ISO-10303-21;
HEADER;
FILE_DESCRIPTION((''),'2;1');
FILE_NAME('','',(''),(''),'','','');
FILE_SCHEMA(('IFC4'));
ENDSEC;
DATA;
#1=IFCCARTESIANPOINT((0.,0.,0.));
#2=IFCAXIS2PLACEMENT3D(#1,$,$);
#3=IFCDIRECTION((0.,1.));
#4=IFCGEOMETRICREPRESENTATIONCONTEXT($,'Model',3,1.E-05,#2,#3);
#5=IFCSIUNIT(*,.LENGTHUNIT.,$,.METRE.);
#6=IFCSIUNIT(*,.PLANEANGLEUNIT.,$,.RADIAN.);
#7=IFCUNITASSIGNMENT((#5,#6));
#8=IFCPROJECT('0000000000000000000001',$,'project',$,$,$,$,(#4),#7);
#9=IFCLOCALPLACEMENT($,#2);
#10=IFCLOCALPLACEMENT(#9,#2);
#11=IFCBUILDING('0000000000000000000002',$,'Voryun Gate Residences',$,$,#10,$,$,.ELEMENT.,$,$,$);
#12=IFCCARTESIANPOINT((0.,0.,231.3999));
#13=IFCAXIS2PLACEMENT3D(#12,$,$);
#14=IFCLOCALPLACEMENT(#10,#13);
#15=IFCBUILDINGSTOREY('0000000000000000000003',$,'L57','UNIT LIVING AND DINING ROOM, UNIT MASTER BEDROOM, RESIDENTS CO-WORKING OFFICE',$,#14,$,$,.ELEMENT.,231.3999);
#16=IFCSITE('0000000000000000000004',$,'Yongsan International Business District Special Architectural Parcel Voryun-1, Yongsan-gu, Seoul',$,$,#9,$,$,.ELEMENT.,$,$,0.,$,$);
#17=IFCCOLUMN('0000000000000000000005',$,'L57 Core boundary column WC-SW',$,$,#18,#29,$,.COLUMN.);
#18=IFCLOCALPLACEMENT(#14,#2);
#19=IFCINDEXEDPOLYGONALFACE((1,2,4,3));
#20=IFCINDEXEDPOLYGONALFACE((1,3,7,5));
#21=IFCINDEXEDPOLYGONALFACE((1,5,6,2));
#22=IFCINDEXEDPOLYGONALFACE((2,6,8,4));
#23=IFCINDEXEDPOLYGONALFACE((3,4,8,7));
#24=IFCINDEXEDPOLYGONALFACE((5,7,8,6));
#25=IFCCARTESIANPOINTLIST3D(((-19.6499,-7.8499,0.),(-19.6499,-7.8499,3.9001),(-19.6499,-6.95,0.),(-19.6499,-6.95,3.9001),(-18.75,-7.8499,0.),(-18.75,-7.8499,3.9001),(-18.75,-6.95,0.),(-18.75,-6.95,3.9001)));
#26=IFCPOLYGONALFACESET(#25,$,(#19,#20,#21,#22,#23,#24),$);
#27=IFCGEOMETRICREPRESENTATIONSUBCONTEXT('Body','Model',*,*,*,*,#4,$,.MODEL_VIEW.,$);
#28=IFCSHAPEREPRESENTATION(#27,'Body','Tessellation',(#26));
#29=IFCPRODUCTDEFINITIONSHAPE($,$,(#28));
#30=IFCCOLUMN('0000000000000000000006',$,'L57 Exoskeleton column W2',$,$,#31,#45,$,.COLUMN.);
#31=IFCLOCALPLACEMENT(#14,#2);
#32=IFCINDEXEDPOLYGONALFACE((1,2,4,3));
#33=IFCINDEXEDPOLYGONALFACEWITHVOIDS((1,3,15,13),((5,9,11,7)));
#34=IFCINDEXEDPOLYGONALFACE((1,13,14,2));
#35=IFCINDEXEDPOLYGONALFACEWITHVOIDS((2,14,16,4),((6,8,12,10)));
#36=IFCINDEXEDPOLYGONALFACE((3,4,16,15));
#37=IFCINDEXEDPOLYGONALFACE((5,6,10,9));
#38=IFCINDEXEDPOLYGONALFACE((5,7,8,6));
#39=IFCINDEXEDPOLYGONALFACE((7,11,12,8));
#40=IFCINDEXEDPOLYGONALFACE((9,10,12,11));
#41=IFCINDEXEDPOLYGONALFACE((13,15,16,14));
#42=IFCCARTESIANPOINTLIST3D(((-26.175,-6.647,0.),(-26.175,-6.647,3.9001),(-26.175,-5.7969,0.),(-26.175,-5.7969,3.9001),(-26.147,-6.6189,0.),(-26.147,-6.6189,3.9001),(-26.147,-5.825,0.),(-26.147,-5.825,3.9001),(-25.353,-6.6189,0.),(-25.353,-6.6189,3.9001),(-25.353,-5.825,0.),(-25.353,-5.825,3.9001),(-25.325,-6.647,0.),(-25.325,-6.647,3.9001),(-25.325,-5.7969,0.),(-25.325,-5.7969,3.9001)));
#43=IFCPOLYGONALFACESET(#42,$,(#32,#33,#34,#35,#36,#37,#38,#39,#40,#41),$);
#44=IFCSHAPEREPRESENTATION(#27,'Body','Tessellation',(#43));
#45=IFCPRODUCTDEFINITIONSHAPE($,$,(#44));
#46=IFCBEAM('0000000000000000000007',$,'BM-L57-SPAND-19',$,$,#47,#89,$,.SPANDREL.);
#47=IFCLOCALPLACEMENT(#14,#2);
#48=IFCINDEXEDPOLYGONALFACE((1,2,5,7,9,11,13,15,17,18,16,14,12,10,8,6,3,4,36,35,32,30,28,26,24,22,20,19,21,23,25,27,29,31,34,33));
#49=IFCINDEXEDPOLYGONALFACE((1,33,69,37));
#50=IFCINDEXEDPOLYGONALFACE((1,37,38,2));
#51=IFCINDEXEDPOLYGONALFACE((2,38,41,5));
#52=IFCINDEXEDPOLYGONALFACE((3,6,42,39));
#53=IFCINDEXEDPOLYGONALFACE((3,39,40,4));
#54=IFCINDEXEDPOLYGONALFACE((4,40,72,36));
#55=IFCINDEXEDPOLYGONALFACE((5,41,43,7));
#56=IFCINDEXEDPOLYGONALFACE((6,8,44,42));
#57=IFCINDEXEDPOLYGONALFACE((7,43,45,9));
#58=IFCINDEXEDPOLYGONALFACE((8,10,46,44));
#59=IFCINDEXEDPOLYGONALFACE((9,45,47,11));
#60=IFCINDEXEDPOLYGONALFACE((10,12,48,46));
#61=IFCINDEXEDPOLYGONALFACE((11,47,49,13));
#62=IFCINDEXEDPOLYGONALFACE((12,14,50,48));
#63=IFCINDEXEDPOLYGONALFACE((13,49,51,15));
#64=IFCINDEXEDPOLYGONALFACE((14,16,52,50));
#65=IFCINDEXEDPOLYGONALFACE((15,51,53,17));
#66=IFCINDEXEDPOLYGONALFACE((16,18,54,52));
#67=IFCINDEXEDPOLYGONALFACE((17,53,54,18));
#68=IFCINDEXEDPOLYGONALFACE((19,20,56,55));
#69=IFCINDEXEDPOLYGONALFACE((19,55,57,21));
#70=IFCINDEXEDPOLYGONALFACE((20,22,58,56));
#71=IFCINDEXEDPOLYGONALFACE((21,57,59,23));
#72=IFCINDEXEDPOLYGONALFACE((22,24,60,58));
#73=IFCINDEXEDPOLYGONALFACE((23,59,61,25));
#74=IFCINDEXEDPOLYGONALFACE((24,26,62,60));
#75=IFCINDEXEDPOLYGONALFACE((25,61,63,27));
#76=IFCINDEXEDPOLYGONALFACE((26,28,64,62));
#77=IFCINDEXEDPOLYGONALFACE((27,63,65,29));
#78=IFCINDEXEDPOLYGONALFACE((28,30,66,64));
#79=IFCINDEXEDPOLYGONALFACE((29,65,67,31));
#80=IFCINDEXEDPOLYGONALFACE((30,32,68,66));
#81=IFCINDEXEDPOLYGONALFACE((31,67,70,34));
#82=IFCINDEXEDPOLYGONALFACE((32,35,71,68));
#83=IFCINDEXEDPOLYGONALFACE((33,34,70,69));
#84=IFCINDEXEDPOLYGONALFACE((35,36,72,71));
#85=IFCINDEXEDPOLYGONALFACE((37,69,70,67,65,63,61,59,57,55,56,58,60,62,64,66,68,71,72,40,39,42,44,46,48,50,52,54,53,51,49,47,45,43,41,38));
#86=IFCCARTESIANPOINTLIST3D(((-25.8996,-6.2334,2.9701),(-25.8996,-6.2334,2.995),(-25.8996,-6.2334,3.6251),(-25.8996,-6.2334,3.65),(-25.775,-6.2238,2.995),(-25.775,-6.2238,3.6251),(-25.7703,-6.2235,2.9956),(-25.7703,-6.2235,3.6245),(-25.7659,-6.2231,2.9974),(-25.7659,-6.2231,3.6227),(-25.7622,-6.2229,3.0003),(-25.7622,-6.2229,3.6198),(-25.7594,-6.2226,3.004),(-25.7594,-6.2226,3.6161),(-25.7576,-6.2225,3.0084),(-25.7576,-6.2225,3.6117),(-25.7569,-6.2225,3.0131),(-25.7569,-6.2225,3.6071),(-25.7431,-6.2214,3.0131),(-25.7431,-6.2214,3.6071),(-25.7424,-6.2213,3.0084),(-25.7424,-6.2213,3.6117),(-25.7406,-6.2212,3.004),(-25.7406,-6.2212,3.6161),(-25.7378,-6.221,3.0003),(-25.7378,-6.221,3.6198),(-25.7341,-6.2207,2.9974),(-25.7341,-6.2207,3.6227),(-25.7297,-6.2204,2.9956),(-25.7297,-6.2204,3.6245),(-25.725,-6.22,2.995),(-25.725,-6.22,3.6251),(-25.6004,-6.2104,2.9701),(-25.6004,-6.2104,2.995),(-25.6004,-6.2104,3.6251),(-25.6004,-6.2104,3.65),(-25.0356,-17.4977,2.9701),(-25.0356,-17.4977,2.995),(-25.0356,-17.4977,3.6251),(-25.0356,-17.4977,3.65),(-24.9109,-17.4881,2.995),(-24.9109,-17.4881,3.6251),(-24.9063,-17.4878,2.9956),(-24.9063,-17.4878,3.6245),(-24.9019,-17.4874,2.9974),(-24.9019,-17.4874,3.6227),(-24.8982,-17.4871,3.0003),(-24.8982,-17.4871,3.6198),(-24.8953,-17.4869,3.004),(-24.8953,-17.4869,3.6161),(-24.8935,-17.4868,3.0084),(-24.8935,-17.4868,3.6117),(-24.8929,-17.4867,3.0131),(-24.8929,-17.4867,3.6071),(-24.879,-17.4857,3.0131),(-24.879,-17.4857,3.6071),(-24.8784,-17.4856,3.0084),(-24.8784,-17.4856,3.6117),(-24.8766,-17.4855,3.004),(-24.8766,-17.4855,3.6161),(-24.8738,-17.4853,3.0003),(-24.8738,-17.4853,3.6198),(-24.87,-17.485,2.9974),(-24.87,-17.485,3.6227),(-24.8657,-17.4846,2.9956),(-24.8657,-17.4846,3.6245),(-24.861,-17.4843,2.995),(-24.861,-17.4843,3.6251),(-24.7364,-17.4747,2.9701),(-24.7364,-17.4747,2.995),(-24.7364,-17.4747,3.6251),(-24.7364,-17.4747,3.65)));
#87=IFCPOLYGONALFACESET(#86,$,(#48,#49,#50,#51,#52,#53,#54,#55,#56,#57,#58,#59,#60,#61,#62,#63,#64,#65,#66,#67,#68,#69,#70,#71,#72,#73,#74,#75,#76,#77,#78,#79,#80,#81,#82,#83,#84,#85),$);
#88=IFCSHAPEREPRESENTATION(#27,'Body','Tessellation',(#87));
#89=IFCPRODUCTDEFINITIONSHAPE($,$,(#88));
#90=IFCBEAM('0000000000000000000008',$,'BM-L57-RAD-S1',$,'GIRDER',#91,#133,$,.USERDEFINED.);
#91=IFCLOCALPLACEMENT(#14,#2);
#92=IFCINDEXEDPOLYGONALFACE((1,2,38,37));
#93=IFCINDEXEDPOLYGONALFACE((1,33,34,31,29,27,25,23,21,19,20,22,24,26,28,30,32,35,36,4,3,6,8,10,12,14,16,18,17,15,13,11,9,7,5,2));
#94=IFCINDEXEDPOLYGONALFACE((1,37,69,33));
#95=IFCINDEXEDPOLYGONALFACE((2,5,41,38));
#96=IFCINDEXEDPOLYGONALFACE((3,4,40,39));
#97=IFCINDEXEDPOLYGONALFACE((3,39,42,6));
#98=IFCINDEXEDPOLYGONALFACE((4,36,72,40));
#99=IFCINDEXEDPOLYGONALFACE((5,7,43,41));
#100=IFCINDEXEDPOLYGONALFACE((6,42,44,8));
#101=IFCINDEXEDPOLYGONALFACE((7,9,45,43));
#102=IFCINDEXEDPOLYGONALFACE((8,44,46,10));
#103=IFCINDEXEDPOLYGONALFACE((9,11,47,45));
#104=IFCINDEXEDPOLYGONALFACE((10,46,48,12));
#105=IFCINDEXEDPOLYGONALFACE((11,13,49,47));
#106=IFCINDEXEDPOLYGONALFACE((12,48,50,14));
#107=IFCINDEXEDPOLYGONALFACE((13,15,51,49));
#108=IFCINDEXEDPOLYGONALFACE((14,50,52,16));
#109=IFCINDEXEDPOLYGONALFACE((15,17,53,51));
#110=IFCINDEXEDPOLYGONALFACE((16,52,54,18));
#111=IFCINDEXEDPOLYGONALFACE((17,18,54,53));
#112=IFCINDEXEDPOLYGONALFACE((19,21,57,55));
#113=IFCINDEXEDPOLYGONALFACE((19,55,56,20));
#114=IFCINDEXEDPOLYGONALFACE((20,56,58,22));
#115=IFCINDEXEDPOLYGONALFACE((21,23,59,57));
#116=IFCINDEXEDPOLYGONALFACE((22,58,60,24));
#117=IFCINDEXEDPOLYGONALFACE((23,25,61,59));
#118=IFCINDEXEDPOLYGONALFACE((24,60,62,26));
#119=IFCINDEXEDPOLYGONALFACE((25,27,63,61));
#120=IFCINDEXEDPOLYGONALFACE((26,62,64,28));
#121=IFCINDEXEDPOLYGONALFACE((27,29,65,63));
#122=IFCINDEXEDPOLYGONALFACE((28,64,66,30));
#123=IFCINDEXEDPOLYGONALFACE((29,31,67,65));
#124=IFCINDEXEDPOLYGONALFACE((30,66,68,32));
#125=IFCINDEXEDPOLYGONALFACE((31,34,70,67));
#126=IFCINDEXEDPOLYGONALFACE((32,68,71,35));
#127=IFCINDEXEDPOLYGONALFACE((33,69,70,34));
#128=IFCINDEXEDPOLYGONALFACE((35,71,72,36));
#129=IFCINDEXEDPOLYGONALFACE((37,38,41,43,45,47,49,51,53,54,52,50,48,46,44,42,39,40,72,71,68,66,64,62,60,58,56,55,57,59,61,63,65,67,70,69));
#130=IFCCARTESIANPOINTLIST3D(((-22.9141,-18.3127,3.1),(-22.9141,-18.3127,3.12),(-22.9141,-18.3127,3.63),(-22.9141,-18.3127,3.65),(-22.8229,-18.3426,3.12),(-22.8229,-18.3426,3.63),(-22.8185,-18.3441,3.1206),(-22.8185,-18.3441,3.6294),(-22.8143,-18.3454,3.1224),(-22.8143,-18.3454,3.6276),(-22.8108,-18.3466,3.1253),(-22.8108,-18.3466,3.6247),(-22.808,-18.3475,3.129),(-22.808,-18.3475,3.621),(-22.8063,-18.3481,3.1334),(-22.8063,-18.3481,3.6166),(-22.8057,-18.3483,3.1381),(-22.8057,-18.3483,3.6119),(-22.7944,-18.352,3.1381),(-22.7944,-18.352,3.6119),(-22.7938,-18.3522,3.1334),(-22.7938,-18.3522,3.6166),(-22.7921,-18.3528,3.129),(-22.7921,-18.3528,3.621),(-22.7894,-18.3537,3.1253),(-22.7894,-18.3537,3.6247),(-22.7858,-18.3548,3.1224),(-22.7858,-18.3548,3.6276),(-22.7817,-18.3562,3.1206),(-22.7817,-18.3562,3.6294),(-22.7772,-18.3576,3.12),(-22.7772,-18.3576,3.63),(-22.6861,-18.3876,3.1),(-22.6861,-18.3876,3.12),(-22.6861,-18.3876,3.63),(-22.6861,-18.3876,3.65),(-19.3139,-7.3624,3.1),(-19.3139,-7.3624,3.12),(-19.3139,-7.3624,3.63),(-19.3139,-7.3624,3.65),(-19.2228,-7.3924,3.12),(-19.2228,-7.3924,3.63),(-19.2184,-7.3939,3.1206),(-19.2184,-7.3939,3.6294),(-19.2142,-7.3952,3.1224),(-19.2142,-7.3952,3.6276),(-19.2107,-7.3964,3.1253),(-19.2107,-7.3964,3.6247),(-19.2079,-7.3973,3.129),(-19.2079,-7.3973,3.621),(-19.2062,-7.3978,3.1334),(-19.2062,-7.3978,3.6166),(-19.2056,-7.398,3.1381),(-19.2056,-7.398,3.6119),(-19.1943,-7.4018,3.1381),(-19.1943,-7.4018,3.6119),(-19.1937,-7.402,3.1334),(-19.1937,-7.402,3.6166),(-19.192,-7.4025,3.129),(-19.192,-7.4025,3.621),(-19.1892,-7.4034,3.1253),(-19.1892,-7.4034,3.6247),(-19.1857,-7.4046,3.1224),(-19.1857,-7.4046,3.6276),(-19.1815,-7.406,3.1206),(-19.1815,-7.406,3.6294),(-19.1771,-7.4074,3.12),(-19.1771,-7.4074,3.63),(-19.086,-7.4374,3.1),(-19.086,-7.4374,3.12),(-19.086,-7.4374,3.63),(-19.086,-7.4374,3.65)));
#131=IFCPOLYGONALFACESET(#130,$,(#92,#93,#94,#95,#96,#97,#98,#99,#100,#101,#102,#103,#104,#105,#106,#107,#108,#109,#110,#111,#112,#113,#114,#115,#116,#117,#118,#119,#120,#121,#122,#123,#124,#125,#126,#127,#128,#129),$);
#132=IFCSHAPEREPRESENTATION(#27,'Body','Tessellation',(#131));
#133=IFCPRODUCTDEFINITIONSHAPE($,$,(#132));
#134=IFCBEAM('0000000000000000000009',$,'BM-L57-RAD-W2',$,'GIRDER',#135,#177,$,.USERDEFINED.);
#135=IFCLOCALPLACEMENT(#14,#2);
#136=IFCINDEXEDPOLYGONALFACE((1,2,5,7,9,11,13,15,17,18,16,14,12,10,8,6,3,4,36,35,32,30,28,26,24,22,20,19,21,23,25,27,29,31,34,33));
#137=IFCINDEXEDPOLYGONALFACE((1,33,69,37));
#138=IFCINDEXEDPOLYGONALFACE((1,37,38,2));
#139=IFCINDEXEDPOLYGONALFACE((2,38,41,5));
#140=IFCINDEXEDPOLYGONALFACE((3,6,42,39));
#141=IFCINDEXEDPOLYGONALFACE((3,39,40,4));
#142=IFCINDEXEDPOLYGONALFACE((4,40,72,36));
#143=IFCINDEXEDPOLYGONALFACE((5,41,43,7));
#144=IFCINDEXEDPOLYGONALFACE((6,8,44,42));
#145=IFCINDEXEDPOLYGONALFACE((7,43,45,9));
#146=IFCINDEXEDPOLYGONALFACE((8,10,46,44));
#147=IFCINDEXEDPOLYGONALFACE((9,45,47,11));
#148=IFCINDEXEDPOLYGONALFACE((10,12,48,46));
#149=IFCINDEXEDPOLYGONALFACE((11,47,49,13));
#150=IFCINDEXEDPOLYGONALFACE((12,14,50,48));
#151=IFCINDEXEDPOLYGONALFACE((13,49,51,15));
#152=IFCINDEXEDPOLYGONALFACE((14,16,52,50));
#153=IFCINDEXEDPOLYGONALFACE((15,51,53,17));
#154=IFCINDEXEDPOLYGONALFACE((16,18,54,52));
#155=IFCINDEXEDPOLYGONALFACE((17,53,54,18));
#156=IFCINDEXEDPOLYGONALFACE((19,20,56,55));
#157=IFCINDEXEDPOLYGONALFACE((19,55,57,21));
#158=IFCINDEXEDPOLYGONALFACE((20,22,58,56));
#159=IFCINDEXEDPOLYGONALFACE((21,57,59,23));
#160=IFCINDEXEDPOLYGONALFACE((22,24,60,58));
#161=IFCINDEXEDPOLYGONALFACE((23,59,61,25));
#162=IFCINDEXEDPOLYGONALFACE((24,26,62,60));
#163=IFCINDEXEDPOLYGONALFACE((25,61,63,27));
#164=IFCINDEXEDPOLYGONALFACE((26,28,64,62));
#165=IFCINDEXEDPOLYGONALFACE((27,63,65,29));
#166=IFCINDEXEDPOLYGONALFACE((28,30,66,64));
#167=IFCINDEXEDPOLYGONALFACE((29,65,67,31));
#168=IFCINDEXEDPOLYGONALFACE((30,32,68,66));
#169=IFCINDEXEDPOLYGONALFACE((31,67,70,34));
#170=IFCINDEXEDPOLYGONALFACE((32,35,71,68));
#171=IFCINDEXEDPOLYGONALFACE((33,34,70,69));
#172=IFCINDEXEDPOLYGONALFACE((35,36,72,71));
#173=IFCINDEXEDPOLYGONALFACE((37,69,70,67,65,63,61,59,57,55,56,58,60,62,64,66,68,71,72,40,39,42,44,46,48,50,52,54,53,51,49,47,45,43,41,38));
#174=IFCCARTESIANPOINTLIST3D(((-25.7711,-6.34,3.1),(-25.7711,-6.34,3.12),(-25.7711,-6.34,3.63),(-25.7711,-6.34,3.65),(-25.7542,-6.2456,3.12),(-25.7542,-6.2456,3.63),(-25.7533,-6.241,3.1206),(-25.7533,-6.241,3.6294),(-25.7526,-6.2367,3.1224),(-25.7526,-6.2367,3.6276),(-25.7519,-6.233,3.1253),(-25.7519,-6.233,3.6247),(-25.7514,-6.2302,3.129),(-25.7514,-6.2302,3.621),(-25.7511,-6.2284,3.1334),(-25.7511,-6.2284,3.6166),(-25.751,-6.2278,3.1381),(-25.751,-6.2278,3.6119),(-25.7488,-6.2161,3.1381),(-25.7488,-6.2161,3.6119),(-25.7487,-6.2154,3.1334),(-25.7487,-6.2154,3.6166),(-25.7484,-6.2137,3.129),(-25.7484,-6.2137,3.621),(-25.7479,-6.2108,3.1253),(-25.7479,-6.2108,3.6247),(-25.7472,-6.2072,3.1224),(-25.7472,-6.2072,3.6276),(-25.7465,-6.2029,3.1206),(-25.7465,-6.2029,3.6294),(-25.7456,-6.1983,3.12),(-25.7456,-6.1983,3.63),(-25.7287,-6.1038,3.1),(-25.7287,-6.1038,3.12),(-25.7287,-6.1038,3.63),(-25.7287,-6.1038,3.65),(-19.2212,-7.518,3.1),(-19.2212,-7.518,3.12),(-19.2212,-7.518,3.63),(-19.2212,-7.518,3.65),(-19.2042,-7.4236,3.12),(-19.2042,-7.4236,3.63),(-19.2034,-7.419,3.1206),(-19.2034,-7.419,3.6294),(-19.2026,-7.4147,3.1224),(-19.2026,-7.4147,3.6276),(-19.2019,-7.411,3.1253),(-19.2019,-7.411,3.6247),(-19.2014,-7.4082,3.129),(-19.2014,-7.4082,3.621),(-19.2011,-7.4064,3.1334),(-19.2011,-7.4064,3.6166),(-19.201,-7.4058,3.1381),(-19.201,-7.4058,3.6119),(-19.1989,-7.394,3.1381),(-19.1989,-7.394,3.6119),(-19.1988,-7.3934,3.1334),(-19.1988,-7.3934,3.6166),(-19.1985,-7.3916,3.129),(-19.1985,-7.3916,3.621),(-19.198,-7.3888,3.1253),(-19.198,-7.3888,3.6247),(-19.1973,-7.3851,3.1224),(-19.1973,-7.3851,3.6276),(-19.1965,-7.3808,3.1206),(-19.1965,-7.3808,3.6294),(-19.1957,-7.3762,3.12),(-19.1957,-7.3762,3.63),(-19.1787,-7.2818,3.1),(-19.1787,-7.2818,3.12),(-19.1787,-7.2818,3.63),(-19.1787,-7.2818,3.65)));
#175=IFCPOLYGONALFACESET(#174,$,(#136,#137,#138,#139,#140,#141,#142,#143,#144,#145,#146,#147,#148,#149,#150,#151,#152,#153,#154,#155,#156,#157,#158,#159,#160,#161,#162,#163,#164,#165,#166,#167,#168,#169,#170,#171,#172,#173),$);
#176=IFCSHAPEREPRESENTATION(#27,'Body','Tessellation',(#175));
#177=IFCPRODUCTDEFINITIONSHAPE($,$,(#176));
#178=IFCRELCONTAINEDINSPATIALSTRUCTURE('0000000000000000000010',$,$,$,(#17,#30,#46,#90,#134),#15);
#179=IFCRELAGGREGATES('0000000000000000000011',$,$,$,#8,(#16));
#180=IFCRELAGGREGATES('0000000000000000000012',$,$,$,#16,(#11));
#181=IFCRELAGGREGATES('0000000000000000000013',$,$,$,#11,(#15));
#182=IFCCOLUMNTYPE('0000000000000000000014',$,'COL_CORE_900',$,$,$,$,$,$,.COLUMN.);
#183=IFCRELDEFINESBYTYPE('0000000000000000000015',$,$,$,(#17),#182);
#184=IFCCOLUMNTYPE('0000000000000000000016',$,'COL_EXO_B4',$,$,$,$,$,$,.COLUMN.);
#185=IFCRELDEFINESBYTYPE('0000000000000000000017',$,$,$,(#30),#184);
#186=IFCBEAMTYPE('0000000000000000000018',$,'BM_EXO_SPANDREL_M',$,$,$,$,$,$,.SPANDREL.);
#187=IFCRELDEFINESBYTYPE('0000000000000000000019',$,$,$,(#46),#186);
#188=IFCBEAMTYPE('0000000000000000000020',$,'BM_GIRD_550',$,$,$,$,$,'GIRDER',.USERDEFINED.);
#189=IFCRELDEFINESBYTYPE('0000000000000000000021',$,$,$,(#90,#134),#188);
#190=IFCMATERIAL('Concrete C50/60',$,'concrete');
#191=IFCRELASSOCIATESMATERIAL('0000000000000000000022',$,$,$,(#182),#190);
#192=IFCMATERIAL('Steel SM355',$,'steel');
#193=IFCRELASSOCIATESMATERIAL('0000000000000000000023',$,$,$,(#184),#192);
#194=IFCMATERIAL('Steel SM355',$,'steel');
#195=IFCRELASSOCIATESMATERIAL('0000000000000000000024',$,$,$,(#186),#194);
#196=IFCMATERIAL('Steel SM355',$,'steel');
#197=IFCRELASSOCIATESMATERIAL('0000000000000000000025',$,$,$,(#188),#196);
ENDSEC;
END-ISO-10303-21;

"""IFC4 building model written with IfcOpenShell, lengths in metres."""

from ifc_helpers import new_model, si_unit, direction, frame, origin, origin_2d, place, context, subcontext, project, spatial, rectangle, hollow_rectangle, i_section, extrude, material, material_profile, profile_set, type_object, element, save


model = new_model("IFC4")

# Units and contexts
model_context = context("Model", 3, precision=1e-05, world=origin(), true_north=direction((0.0, 1.0)))
body_context = subcontext(model_context, "Body", "Model", "MODEL_VIEW")
ifc_project = project(units=[si_unit("LENGTHUNIT", "METRE"), si_unit("PLANEANGLEUNIT", "RADIAN")], contexts=[model_context])

# Site, building, storey
site_placement = place(None, origin())
site = spatial("IfcSite", under=ifc_project, at=site_placement, Name="Yongsan International Business District Special Architectural Parcel Voryun-1, Yongsan-gu, Seoul", CompositionType="ELEMENT", RefElevation=0.0)
building_placement = place(site_placement, origin())
building = spatial("IfcBuilding", under=site, at=building_placement, Name="Voryun Gate Residences", CompositionType="ELEMENT")
storey_placement = place(building_placement, frame((0.0, 0.0, 231.3999)))
storey = spatial("IfcBuildingStorey", under=building, at=storey_placement, Name="L57", Description="UNIT LIVING AND DINING ROOM, UNIT MASTER BEDROOM, RESIDENTS CO-WORKING OFFICE", CompositionType="ELEMENT", Elevation=231.3999)

# Columns
ifc_material_1 = material(Name="Concrete C50/60", Category="concrete")
ifc_material_profile_1 = material_profile(ifc_material_1, rectangle(XDim=0.8999, YDim=0.8999, at=origin_2d()), Name="RC-900x900")
ifc_profile_set_1 = profile_set([ifc_material_profile_1], Name="Concrete C50/60")
column_type_1 = type_object("IfcColumnType", Name="COL_CORE_900", PredefinedType="COLUMN", material=ifc_profile_set_1)
column_1_placement = place(storey_placement, frame((-19.2, -7.3999, 0.0), z_axis=(0.0, 0.0, 1.0), x_axis=(1.0, 0.0, 0.0)))
element("IfcColumn", 1, at=column_1_placement, inside=storey, type_object=column_type_1, Name="L57 Core boundary column WC-SW", PredefinedType="COLUMN", context=body_context, shape_type="SweptSolid", body=[
    extrude(rectangle(XDim=0.8999, YDim=0.8999, at=origin_2d()), origin(), (0.0, 0.0, 1.0), 3.9001),
])
ifc_material_2 = material(Name="Steel SM355", Category="steel")
ifc_material_profile_2 = material_profile(ifc_material_2, hollow_rectangle(XDim=0.8501, YDim=0.8501, WallThickness=0.0281, at=origin_2d()), Name="BOX-850x850x28")
ifc_profile_set_2 = profile_set([ifc_material_profile_2], Name="Steel SM355")
column_type_2 = type_object("IfcColumnType", Name="COL_EXO_B4", PredefinedType="COLUMN", material=ifc_profile_set_2)
column_2_placement = place(storey_placement, frame((-25.75, -6.2219, 0.0), z_axis=(0.0, 0.0, 1.0), x_axis=(1.0, 0.0, 0.0)))
element("IfcColumn", 2, at=column_2_placement, inside=storey, type_object=column_type_2, Name="L57 Exoskeleton column W2", PredefinedType="COLUMN", context=body_context, shape_type="SweptSolid", body=[
    extrude(hollow_rectangle(XDim=0.8501, YDim=0.8501, WallThickness=0.0281, at=origin_2d()), origin(), (0.0, 0.0, 1.0), 3.9001),
])

# Beams
ifc_material_3 = material(Name="Steel SM355", Category="steel")
ifc_material_profile_3 = material_profile(ifc_material_3, i_section(OverallWidth=0.3, OverallDepth=0.6799, WebThickness=0.0139, FlangeThickness=0.0249, FilletRadius=0.0181, at=origin_2d()), Name="H-680x300x14x25")
ifc_profile_set_3 = profile_set([ifc_material_profile_3], Name="Steel SM355")
beam_type_1 = type_object("IfcBeamType", Name="BM_EXO_SPANDREL_M", PredefinedType="SPANDREL", material=ifc_profile_set_3)
beam_1_placement = place(storey_placement, frame((-25.75, -6.2219, 3.3101), z_axis=(0.07648, -0.997071, 0.0), x_axis=(0.997071, 0.07648, 0.0)))
element("IfcBeam", 3, at=beam_1_placement, inside=storey, type_object=beam_type_1, Name="BM-L57-SPAND-19", PredefinedType="SPANDREL", context=body_context, shape_type="SweptSolid", body=[
    extrude(i_section(OverallWidth=0.3, OverallDepth=0.6799, WebThickness=0.0139, FlangeThickness=0.0249, FilletRadius=0.0181, at=origin_2d()), origin(), (0.0, 0.0, 1.0), 11.2974),
])
ifc_material_4 = material(Name="Steel SM355", Category="steel")
ifc_material_profile_4 = material_profile(ifc_material_4, i_section(OverallWidth=0.24, OverallDepth=0.55, WebThickness=0.012, FlangeThickness=0.02, FilletRadius=0.0181, at=origin_2d()), Name="H-550x240x12x20")
ifc_profile_set_4 = profile_set([ifc_material_profile_4], Name="Steel SM355")
beam_type_2 = type_object("IfcBeamType", Name="BM_GIRD_550", ElementType="GIRDER", PredefinedType="USERDEFINED", material=ifc_profile_set_4)
beam_2_placement = place(storey_placement, frame((-19.2, -7.3999, 3.375), z_axis=(-0.312324, -0.949976, 0.0), x_axis=(0.949976, -0.312324, 0.0)))
element("IfcBeam", 4, at=beam_2_placement, inside=storey, type_object=beam_type_2, Name="BM-L57-RAD-S1", ObjectType="GIRDER", PredefinedType="USERDEFINED", context=body_context, shape_type="SweptSolid", body=[
    extrude(i_section(OverallWidth=0.24, OverallDepth=0.55, WebThickness=0.012, FlangeThickness=0.02, FilletRadius=0.0181, at=origin_2d()), origin(), (0.0, 0.0, 1.0), 11.5269),
])
beam_3_placement = place(storey_placement, frame((-19.2, -7.3999, 3.375), z_axis=(-0.98421, 0.177003, 0.0), x_axis=(-0.177003, -0.98421, 0.0)))
element("IfcBeam", 5, at=beam_3_placement, inside=storey, type_object=beam_type_2, Name="BM-L57-RAD-W2", ObjectType="GIRDER", PredefinedType="USERDEFINED", context=body_context, shape_type="SweptSolid", body=[
    extrude(i_section(OverallWidth=0.24, OverallDepth=0.55, WebThickness=0.012, FlangeThickness=0.02, FilletRadius=0.0181, at=origin_2d()), origin(), (0.0, 0.0, 1.0), 6.655),
])

save(model, "model.ifc")
